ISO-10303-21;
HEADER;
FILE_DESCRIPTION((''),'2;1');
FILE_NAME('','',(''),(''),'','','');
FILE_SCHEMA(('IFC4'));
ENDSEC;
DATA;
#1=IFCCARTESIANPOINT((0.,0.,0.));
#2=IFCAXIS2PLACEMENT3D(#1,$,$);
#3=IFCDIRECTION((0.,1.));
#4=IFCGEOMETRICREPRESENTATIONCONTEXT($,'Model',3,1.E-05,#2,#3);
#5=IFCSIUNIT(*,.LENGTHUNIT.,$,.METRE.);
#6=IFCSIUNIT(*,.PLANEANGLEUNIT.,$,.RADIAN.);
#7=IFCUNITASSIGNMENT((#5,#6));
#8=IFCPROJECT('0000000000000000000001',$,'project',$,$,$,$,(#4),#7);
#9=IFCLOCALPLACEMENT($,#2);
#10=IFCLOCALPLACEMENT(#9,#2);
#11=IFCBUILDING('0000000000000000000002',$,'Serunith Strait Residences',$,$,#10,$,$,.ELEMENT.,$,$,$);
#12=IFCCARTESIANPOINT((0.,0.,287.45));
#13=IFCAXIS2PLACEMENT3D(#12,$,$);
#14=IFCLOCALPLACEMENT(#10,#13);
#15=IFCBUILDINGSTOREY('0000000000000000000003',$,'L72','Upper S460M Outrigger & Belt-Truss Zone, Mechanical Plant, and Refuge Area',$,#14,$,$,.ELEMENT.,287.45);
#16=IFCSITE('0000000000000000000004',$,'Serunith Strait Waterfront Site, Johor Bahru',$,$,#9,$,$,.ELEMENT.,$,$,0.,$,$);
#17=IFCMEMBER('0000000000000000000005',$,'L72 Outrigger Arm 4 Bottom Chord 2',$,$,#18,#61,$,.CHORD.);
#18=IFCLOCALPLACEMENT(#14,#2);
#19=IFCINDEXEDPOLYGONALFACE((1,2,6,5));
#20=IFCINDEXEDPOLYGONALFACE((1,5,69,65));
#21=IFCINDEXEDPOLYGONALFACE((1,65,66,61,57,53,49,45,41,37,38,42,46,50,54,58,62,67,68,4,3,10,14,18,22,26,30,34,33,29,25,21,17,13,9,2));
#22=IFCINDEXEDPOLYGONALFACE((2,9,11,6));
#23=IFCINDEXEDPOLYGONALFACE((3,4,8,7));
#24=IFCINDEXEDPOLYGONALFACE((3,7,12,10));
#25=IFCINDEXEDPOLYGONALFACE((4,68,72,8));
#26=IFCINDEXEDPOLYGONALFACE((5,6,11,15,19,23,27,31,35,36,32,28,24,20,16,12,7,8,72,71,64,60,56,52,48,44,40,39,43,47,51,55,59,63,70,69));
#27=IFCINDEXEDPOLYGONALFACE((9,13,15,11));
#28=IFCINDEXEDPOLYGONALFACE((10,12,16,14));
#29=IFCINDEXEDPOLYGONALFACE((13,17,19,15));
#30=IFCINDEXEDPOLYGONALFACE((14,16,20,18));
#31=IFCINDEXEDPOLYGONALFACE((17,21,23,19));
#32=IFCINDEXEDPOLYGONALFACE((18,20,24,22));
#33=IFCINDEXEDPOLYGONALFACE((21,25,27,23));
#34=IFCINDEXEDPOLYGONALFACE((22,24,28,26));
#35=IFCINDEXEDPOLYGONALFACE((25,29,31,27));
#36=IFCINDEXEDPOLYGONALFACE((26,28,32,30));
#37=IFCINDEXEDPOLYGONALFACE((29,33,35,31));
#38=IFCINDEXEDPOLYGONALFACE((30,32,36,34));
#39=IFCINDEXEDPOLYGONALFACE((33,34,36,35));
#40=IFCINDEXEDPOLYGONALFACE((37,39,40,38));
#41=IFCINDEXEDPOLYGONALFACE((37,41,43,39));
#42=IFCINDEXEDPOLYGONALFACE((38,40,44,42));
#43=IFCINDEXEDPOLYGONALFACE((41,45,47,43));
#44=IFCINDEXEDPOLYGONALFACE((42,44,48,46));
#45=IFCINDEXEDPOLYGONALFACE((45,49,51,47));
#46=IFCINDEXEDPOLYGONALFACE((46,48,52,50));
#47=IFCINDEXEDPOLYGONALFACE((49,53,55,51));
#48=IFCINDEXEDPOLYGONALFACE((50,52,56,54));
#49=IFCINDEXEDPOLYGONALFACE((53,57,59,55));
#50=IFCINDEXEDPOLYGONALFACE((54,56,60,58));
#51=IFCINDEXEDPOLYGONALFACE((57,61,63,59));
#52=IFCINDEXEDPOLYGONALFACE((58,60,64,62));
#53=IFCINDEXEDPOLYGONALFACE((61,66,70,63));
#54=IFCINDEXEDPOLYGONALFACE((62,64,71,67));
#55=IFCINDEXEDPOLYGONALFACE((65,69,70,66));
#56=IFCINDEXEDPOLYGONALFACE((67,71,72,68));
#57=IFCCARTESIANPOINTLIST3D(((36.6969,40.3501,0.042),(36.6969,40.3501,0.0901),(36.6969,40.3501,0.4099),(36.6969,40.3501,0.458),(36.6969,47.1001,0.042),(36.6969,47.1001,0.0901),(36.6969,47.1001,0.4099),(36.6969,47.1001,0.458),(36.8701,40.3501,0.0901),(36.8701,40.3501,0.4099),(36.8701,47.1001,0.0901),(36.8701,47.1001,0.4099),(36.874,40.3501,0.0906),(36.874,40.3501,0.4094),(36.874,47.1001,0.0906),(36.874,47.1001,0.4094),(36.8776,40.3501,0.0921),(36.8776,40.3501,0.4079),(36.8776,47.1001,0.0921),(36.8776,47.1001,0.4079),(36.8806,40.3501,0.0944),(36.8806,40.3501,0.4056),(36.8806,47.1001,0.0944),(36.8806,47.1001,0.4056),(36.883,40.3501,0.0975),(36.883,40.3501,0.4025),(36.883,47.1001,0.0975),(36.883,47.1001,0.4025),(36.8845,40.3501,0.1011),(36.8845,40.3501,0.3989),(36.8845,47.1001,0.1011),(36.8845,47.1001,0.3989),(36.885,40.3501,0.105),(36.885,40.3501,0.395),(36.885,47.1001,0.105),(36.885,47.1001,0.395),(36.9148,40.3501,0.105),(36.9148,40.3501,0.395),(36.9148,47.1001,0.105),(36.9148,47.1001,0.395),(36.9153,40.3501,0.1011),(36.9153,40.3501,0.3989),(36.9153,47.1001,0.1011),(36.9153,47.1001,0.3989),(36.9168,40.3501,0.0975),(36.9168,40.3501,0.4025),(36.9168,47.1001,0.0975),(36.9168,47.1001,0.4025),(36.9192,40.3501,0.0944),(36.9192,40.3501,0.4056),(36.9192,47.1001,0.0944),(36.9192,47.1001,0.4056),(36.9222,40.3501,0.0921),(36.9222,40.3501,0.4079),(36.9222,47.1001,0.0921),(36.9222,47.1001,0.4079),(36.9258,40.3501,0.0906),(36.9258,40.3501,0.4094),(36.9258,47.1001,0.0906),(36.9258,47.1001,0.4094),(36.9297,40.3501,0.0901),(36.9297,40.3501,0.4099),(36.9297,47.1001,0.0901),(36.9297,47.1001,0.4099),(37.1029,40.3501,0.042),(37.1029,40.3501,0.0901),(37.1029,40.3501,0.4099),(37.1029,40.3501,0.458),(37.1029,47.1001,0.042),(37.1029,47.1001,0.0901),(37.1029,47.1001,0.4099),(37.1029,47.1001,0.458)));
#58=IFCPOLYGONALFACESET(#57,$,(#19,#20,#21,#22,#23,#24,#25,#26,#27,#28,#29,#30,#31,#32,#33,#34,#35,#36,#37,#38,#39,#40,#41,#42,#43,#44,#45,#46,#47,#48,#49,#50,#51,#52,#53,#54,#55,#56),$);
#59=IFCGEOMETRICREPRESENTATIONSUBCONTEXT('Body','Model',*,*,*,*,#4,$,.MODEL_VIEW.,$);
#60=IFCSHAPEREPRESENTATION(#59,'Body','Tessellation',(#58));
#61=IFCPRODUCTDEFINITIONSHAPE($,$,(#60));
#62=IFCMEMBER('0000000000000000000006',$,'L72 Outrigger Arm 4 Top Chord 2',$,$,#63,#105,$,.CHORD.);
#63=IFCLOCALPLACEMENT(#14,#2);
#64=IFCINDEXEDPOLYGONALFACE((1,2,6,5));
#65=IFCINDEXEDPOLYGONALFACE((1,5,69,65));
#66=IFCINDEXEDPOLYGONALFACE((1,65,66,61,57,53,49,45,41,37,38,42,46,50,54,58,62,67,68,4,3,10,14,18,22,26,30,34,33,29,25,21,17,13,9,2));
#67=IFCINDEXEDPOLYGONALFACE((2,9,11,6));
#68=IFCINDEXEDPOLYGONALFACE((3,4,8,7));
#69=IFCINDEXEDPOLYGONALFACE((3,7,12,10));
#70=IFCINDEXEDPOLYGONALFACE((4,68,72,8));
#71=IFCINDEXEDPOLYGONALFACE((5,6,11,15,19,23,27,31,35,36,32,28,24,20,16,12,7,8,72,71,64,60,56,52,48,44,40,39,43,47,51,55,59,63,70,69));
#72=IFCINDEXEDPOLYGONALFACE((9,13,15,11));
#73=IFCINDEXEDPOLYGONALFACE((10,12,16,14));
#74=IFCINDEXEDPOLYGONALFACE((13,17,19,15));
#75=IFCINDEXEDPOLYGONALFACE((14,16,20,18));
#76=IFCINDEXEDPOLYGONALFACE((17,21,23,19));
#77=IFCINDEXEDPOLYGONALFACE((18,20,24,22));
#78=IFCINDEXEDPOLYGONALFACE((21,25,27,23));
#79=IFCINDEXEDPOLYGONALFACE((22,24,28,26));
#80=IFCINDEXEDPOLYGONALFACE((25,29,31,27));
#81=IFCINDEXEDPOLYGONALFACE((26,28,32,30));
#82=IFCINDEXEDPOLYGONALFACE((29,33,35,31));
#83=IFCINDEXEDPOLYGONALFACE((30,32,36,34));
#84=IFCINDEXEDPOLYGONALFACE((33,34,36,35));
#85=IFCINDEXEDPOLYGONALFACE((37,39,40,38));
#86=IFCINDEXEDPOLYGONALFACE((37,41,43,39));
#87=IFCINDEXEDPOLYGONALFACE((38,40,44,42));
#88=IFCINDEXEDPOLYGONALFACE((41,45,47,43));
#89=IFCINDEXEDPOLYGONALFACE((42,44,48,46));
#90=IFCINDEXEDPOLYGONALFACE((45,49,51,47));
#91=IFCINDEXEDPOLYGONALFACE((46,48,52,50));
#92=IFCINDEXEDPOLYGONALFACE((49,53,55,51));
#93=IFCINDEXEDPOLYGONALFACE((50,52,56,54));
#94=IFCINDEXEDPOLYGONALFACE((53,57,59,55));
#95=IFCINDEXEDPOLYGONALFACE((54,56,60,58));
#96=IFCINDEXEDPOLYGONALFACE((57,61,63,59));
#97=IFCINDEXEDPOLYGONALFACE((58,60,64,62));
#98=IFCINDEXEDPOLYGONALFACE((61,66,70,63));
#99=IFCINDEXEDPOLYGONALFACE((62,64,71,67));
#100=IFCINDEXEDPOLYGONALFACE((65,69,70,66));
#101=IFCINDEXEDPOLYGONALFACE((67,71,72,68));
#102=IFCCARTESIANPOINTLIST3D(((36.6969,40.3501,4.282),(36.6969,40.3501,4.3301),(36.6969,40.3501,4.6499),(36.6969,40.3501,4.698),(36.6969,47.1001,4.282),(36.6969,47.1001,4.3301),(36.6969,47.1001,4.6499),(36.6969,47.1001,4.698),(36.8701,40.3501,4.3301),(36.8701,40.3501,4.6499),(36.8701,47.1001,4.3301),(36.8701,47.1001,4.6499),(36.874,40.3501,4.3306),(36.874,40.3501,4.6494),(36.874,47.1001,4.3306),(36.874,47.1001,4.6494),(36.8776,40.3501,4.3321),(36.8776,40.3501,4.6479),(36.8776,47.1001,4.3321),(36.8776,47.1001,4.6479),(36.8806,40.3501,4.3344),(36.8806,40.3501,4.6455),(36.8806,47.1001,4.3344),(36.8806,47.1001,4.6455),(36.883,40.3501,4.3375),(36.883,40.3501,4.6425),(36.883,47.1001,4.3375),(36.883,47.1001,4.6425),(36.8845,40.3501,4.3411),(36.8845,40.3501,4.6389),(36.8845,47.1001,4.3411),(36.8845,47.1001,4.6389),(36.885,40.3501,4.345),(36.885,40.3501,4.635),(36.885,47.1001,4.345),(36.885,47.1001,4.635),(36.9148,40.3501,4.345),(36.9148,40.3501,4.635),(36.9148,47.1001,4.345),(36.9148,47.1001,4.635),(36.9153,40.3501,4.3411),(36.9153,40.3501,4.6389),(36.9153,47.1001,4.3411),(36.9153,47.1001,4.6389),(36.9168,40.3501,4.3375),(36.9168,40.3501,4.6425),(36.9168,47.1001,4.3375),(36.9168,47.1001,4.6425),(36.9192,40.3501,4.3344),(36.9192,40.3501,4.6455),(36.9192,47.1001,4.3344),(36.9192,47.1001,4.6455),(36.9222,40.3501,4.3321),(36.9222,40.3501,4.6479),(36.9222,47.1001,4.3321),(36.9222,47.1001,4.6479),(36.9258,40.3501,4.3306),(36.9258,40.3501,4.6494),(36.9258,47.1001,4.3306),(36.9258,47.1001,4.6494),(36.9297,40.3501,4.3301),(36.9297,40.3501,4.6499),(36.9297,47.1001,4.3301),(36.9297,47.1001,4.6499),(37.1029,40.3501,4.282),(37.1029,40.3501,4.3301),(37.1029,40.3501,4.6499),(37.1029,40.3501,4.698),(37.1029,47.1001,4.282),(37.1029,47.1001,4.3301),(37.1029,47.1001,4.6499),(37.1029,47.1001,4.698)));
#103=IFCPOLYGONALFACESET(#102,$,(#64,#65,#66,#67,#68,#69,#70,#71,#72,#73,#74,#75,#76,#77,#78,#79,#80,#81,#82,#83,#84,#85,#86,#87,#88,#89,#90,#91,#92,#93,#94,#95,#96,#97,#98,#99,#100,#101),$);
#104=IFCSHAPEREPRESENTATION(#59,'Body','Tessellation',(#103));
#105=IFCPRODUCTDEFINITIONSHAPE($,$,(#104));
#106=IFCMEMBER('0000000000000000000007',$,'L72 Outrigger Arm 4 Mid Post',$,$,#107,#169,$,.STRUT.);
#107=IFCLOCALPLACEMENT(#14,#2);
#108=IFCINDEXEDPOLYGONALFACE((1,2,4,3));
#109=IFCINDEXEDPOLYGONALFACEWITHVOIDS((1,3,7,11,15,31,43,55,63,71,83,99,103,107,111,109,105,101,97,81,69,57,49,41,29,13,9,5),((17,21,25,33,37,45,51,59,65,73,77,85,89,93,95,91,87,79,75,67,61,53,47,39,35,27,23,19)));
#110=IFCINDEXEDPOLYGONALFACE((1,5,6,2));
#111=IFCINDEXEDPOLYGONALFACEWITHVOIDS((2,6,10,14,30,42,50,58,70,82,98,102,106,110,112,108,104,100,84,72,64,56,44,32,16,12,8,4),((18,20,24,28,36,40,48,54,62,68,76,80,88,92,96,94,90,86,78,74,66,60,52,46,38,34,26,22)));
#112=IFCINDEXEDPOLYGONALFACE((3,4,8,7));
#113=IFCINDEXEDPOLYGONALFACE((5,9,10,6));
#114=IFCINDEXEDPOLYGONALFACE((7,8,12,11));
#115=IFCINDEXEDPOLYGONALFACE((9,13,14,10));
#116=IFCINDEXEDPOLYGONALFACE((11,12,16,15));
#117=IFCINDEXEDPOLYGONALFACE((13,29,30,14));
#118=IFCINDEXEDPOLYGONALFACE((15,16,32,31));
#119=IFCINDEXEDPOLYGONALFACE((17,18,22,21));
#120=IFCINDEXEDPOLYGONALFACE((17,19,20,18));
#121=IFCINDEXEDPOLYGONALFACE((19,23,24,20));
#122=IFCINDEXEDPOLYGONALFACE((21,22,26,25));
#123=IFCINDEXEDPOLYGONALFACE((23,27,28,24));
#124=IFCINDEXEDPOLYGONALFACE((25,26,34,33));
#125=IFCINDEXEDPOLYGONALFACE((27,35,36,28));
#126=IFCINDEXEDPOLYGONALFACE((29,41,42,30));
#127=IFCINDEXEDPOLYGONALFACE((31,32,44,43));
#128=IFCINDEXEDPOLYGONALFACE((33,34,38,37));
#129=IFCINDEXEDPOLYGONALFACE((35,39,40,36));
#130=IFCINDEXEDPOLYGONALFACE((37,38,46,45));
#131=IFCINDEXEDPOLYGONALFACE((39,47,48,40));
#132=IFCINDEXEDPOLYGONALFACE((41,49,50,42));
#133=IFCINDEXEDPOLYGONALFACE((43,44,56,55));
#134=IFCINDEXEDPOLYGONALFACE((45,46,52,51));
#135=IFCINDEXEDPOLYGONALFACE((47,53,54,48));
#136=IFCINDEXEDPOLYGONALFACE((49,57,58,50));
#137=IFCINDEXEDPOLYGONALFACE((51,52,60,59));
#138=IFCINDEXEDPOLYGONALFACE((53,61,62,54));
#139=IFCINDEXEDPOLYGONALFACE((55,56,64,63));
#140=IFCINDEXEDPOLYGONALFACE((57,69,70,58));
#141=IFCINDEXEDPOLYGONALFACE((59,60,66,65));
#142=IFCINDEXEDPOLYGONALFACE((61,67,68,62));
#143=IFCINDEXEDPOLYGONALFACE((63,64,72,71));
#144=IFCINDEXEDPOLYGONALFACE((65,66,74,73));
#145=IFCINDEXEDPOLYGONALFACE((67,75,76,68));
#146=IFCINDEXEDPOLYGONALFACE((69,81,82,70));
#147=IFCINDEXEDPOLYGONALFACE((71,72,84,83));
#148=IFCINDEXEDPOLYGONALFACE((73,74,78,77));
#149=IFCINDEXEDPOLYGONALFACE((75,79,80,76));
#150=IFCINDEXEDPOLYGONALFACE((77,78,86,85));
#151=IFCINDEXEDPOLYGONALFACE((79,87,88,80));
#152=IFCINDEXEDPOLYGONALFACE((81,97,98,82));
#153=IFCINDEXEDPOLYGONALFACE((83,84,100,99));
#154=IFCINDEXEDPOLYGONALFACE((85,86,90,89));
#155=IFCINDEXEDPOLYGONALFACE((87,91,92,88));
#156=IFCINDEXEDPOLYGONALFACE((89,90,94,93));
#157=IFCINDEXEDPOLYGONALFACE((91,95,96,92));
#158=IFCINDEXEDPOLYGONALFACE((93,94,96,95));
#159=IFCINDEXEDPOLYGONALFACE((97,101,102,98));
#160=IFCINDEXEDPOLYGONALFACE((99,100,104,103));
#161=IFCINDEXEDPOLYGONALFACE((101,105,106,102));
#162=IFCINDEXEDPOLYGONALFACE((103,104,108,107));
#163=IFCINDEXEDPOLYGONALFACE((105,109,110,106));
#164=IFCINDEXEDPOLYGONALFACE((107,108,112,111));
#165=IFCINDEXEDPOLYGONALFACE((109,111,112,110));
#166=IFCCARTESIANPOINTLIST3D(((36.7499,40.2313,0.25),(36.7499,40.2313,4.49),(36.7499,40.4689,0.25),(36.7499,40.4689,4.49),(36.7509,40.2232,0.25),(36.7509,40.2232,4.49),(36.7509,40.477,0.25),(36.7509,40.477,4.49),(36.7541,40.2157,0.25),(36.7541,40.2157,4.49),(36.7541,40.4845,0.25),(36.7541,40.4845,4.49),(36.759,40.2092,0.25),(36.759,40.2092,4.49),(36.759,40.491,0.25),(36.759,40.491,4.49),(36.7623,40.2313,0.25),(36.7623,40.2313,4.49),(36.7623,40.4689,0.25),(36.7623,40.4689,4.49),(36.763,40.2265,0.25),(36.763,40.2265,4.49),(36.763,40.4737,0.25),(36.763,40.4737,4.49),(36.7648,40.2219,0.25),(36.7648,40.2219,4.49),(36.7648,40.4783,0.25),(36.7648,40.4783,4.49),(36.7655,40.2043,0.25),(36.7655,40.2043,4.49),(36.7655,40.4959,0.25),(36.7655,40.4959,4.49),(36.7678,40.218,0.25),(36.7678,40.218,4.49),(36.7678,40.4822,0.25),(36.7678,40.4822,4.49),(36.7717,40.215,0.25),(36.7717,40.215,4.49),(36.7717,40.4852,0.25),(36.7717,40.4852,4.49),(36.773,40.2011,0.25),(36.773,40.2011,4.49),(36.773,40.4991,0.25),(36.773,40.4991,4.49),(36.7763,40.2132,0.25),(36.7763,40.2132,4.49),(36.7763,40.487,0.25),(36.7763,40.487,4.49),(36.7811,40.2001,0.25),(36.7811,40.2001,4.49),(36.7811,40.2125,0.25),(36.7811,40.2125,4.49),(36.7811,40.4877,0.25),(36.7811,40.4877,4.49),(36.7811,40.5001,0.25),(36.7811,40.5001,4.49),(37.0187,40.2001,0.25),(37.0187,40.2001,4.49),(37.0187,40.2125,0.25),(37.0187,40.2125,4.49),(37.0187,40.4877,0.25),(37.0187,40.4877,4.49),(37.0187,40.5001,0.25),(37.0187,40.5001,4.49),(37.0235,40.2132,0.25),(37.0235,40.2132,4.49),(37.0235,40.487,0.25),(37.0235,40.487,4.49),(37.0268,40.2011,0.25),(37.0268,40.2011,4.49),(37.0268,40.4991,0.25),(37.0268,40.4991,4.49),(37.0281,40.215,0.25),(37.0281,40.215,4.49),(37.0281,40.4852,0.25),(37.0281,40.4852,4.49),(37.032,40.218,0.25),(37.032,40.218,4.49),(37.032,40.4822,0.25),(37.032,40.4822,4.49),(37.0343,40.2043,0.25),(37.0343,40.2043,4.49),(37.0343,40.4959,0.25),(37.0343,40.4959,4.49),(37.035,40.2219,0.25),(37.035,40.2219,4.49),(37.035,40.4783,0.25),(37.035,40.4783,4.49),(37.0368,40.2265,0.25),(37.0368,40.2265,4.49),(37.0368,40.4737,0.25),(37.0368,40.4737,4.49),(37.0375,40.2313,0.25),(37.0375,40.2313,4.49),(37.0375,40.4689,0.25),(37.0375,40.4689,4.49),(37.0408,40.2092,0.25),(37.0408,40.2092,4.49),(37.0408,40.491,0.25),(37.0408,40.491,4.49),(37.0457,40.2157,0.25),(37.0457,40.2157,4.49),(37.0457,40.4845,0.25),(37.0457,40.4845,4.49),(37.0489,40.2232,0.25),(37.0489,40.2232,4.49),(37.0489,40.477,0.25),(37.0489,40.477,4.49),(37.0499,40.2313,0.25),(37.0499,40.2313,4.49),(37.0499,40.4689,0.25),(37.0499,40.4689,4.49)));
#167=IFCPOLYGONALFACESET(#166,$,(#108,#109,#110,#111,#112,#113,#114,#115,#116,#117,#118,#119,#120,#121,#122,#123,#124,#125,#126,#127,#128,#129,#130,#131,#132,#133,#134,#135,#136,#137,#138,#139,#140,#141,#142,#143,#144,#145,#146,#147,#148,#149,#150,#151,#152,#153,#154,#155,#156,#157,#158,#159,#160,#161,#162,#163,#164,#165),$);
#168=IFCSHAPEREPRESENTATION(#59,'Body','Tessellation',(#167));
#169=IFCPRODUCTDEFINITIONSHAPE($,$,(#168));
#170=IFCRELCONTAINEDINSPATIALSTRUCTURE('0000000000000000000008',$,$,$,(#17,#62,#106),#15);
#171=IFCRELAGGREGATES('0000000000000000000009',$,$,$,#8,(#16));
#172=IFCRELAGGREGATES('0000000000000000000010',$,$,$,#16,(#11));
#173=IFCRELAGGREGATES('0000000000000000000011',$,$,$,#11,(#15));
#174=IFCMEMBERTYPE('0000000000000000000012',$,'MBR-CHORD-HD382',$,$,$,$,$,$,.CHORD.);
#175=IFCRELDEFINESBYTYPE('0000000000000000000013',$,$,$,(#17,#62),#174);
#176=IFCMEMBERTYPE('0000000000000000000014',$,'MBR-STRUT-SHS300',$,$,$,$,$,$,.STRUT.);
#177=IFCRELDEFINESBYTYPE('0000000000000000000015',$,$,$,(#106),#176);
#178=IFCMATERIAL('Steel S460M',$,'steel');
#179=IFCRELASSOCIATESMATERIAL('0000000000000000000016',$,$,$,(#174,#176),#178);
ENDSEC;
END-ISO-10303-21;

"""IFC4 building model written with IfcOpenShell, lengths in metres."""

from ifc_helpers import new_model, si_unit, direction, frame, origin, origin_2d, place, context, subcontext, project, spatial, hollow_rectangle, i_section, extrude, source, transform, mapped, material, material_profile, profile_set, type_object, element, save


model = new_model("IFC4")

# Units and contexts
model_context = context("Model", 3, precision=1e-05, world=origin(), true_north=direction((0.0, 1.0)))
body_context = subcontext(model_context, "Body", "Model", "MODEL_VIEW")
ifc_project = project(units=[si_unit("LENGTHUNIT", "METRE"), si_unit("PLANEANGLEUNIT", "RADIAN")], contexts=[model_context])

# Site, building, storey
site_placement = place(None, origin())
site = spatial("IfcSite", under=ifc_project, at=site_placement, Name="Serunith Strait Waterfront Site, Johor Bahru", CompositionType="ELEMENT", RefElevation=0.0)
building_placement = place(site_placement, origin())
building = spatial("IfcBuilding", under=site, at=building_placement, Name="Serunith Strait Residences", CompositionType="ELEMENT")
storey_placement = place(building_placement, frame((0.0, 0.0, 287.45)))
storey = spatial("IfcBuildingStorey", under=building, at=storey_placement, Name="L72", Description="Upper S460M Outrigger & Belt-Truss Zone, Mechanical Plant, and Refuge Area", CompositionType="ELEMENT", Elevation=287.45)

# Members
ifc_material_1 = material(Name="Steel S460M", Category="steel")
ifc_material_profile_1 = material_profile(ifc_material_1, i_section(OverallWidth=0.406, OverallDepth=0.416, WebThickness=0.0298, FlangeThickness=0.0481, FilletRadius=0.0149, at=origin_2d()), Name="HD 400x382")
ifc_profile_set_1 = profile_set([ifc_material_profile_1], Name="Steel S460M")
member_type_1 = type_object("IfcMemberType", Name="MBR-CHORD-HD382", PredefinedType="CHORD", material=ifc_profile_set_1)
shared_shape_1 = source(origin(), body_context, "Body", "SweptSolid", [
    extrude(i_section(OverallWidth=0.406, OverallDepth=0.416, WebThickness=0.0298, FlangeThickness=0.0481, FilletRadius=0.0149, at=origin_2d()), origin(), (0.0, 0.0, 1.0), 6.75),
])
for number, where, z_axis, x_axis, name in (
    (1, (36.8999, 40.3501, 0.25), (0.0, 1.0, 0.0), (-1.0, 0.0, 0.0), "L72 Outrigger Arm 4 Bottom Chord 2"),
    (2, (36.8999, 40.3501, 4.49), (0.0, 1.0, 0.0), (-1.0, 0.0, 0.0), "L72 Outrigger Arm 4 Top Chord 2"),
):
    element("IfcMember", number, at=place(storey_placement, frame(where, z_axis=z_axis, x_axis=x_axis)), inside=storey, type_object=member_type_1, Name=name, PredefinedType="CHORD", context=body_context, shape_type="MappedRepresentation", body=[
        mapped(shared_shape_1, transform((0.0, 0.0, 0.0), scale=1.0)),
    ])
ifc_material_profile_2 = material_profile(ifc_material_1, hollow_rectangle(XDim=0.3, YDim=0.3, WallThickness=0.0125, InnerFilletRadius=0.0188, OuterFilletRadius=0.0312, at=origin_2d()), Name="SHS 300x300x12.5")
ifc_profile_set_2 = profile_set([ifc_material_profile_2], Name="Steel S460M")
member_type_2 = type_object("IfcMemberType", Name="MBR-STRUT-SHS300", PredefinedType="STRUT", material=ifc_profile_set_2)
shared_shape_2 = source(origin(), body_context, "Body", "SweptSolid", [
    extrude(hollow_rectangle(XDim=0.3, YDim=0.3, WallThickness=0.0125, InnerFilletRadius=0.0188, OuterFilletRadius=0.0312, at=origin_2d()), origin(), (0.0, 0.0, 1.0), 4.24),
])
member_1_placement = place(storey_placement, frame((36.8999, 40.3501, 0.25), z_axis=(0.0, 0.0, 1.0), x_axis=(1.0, 0.0, 0.0)))
element("IfcMember", 3, at=member_1_placement, inside=storey, type_object=member_type_2, Name="L72 Outrigger Arm 4 Mid Post", PredefinedType="STRUT", context=body_context, shape_type="MappedRepresentation", body=[
    mapped(shared_shape_2, transform((0.0, 0.0, 0.0), scale=1.0)),
])

save(model, "model.ifc")
